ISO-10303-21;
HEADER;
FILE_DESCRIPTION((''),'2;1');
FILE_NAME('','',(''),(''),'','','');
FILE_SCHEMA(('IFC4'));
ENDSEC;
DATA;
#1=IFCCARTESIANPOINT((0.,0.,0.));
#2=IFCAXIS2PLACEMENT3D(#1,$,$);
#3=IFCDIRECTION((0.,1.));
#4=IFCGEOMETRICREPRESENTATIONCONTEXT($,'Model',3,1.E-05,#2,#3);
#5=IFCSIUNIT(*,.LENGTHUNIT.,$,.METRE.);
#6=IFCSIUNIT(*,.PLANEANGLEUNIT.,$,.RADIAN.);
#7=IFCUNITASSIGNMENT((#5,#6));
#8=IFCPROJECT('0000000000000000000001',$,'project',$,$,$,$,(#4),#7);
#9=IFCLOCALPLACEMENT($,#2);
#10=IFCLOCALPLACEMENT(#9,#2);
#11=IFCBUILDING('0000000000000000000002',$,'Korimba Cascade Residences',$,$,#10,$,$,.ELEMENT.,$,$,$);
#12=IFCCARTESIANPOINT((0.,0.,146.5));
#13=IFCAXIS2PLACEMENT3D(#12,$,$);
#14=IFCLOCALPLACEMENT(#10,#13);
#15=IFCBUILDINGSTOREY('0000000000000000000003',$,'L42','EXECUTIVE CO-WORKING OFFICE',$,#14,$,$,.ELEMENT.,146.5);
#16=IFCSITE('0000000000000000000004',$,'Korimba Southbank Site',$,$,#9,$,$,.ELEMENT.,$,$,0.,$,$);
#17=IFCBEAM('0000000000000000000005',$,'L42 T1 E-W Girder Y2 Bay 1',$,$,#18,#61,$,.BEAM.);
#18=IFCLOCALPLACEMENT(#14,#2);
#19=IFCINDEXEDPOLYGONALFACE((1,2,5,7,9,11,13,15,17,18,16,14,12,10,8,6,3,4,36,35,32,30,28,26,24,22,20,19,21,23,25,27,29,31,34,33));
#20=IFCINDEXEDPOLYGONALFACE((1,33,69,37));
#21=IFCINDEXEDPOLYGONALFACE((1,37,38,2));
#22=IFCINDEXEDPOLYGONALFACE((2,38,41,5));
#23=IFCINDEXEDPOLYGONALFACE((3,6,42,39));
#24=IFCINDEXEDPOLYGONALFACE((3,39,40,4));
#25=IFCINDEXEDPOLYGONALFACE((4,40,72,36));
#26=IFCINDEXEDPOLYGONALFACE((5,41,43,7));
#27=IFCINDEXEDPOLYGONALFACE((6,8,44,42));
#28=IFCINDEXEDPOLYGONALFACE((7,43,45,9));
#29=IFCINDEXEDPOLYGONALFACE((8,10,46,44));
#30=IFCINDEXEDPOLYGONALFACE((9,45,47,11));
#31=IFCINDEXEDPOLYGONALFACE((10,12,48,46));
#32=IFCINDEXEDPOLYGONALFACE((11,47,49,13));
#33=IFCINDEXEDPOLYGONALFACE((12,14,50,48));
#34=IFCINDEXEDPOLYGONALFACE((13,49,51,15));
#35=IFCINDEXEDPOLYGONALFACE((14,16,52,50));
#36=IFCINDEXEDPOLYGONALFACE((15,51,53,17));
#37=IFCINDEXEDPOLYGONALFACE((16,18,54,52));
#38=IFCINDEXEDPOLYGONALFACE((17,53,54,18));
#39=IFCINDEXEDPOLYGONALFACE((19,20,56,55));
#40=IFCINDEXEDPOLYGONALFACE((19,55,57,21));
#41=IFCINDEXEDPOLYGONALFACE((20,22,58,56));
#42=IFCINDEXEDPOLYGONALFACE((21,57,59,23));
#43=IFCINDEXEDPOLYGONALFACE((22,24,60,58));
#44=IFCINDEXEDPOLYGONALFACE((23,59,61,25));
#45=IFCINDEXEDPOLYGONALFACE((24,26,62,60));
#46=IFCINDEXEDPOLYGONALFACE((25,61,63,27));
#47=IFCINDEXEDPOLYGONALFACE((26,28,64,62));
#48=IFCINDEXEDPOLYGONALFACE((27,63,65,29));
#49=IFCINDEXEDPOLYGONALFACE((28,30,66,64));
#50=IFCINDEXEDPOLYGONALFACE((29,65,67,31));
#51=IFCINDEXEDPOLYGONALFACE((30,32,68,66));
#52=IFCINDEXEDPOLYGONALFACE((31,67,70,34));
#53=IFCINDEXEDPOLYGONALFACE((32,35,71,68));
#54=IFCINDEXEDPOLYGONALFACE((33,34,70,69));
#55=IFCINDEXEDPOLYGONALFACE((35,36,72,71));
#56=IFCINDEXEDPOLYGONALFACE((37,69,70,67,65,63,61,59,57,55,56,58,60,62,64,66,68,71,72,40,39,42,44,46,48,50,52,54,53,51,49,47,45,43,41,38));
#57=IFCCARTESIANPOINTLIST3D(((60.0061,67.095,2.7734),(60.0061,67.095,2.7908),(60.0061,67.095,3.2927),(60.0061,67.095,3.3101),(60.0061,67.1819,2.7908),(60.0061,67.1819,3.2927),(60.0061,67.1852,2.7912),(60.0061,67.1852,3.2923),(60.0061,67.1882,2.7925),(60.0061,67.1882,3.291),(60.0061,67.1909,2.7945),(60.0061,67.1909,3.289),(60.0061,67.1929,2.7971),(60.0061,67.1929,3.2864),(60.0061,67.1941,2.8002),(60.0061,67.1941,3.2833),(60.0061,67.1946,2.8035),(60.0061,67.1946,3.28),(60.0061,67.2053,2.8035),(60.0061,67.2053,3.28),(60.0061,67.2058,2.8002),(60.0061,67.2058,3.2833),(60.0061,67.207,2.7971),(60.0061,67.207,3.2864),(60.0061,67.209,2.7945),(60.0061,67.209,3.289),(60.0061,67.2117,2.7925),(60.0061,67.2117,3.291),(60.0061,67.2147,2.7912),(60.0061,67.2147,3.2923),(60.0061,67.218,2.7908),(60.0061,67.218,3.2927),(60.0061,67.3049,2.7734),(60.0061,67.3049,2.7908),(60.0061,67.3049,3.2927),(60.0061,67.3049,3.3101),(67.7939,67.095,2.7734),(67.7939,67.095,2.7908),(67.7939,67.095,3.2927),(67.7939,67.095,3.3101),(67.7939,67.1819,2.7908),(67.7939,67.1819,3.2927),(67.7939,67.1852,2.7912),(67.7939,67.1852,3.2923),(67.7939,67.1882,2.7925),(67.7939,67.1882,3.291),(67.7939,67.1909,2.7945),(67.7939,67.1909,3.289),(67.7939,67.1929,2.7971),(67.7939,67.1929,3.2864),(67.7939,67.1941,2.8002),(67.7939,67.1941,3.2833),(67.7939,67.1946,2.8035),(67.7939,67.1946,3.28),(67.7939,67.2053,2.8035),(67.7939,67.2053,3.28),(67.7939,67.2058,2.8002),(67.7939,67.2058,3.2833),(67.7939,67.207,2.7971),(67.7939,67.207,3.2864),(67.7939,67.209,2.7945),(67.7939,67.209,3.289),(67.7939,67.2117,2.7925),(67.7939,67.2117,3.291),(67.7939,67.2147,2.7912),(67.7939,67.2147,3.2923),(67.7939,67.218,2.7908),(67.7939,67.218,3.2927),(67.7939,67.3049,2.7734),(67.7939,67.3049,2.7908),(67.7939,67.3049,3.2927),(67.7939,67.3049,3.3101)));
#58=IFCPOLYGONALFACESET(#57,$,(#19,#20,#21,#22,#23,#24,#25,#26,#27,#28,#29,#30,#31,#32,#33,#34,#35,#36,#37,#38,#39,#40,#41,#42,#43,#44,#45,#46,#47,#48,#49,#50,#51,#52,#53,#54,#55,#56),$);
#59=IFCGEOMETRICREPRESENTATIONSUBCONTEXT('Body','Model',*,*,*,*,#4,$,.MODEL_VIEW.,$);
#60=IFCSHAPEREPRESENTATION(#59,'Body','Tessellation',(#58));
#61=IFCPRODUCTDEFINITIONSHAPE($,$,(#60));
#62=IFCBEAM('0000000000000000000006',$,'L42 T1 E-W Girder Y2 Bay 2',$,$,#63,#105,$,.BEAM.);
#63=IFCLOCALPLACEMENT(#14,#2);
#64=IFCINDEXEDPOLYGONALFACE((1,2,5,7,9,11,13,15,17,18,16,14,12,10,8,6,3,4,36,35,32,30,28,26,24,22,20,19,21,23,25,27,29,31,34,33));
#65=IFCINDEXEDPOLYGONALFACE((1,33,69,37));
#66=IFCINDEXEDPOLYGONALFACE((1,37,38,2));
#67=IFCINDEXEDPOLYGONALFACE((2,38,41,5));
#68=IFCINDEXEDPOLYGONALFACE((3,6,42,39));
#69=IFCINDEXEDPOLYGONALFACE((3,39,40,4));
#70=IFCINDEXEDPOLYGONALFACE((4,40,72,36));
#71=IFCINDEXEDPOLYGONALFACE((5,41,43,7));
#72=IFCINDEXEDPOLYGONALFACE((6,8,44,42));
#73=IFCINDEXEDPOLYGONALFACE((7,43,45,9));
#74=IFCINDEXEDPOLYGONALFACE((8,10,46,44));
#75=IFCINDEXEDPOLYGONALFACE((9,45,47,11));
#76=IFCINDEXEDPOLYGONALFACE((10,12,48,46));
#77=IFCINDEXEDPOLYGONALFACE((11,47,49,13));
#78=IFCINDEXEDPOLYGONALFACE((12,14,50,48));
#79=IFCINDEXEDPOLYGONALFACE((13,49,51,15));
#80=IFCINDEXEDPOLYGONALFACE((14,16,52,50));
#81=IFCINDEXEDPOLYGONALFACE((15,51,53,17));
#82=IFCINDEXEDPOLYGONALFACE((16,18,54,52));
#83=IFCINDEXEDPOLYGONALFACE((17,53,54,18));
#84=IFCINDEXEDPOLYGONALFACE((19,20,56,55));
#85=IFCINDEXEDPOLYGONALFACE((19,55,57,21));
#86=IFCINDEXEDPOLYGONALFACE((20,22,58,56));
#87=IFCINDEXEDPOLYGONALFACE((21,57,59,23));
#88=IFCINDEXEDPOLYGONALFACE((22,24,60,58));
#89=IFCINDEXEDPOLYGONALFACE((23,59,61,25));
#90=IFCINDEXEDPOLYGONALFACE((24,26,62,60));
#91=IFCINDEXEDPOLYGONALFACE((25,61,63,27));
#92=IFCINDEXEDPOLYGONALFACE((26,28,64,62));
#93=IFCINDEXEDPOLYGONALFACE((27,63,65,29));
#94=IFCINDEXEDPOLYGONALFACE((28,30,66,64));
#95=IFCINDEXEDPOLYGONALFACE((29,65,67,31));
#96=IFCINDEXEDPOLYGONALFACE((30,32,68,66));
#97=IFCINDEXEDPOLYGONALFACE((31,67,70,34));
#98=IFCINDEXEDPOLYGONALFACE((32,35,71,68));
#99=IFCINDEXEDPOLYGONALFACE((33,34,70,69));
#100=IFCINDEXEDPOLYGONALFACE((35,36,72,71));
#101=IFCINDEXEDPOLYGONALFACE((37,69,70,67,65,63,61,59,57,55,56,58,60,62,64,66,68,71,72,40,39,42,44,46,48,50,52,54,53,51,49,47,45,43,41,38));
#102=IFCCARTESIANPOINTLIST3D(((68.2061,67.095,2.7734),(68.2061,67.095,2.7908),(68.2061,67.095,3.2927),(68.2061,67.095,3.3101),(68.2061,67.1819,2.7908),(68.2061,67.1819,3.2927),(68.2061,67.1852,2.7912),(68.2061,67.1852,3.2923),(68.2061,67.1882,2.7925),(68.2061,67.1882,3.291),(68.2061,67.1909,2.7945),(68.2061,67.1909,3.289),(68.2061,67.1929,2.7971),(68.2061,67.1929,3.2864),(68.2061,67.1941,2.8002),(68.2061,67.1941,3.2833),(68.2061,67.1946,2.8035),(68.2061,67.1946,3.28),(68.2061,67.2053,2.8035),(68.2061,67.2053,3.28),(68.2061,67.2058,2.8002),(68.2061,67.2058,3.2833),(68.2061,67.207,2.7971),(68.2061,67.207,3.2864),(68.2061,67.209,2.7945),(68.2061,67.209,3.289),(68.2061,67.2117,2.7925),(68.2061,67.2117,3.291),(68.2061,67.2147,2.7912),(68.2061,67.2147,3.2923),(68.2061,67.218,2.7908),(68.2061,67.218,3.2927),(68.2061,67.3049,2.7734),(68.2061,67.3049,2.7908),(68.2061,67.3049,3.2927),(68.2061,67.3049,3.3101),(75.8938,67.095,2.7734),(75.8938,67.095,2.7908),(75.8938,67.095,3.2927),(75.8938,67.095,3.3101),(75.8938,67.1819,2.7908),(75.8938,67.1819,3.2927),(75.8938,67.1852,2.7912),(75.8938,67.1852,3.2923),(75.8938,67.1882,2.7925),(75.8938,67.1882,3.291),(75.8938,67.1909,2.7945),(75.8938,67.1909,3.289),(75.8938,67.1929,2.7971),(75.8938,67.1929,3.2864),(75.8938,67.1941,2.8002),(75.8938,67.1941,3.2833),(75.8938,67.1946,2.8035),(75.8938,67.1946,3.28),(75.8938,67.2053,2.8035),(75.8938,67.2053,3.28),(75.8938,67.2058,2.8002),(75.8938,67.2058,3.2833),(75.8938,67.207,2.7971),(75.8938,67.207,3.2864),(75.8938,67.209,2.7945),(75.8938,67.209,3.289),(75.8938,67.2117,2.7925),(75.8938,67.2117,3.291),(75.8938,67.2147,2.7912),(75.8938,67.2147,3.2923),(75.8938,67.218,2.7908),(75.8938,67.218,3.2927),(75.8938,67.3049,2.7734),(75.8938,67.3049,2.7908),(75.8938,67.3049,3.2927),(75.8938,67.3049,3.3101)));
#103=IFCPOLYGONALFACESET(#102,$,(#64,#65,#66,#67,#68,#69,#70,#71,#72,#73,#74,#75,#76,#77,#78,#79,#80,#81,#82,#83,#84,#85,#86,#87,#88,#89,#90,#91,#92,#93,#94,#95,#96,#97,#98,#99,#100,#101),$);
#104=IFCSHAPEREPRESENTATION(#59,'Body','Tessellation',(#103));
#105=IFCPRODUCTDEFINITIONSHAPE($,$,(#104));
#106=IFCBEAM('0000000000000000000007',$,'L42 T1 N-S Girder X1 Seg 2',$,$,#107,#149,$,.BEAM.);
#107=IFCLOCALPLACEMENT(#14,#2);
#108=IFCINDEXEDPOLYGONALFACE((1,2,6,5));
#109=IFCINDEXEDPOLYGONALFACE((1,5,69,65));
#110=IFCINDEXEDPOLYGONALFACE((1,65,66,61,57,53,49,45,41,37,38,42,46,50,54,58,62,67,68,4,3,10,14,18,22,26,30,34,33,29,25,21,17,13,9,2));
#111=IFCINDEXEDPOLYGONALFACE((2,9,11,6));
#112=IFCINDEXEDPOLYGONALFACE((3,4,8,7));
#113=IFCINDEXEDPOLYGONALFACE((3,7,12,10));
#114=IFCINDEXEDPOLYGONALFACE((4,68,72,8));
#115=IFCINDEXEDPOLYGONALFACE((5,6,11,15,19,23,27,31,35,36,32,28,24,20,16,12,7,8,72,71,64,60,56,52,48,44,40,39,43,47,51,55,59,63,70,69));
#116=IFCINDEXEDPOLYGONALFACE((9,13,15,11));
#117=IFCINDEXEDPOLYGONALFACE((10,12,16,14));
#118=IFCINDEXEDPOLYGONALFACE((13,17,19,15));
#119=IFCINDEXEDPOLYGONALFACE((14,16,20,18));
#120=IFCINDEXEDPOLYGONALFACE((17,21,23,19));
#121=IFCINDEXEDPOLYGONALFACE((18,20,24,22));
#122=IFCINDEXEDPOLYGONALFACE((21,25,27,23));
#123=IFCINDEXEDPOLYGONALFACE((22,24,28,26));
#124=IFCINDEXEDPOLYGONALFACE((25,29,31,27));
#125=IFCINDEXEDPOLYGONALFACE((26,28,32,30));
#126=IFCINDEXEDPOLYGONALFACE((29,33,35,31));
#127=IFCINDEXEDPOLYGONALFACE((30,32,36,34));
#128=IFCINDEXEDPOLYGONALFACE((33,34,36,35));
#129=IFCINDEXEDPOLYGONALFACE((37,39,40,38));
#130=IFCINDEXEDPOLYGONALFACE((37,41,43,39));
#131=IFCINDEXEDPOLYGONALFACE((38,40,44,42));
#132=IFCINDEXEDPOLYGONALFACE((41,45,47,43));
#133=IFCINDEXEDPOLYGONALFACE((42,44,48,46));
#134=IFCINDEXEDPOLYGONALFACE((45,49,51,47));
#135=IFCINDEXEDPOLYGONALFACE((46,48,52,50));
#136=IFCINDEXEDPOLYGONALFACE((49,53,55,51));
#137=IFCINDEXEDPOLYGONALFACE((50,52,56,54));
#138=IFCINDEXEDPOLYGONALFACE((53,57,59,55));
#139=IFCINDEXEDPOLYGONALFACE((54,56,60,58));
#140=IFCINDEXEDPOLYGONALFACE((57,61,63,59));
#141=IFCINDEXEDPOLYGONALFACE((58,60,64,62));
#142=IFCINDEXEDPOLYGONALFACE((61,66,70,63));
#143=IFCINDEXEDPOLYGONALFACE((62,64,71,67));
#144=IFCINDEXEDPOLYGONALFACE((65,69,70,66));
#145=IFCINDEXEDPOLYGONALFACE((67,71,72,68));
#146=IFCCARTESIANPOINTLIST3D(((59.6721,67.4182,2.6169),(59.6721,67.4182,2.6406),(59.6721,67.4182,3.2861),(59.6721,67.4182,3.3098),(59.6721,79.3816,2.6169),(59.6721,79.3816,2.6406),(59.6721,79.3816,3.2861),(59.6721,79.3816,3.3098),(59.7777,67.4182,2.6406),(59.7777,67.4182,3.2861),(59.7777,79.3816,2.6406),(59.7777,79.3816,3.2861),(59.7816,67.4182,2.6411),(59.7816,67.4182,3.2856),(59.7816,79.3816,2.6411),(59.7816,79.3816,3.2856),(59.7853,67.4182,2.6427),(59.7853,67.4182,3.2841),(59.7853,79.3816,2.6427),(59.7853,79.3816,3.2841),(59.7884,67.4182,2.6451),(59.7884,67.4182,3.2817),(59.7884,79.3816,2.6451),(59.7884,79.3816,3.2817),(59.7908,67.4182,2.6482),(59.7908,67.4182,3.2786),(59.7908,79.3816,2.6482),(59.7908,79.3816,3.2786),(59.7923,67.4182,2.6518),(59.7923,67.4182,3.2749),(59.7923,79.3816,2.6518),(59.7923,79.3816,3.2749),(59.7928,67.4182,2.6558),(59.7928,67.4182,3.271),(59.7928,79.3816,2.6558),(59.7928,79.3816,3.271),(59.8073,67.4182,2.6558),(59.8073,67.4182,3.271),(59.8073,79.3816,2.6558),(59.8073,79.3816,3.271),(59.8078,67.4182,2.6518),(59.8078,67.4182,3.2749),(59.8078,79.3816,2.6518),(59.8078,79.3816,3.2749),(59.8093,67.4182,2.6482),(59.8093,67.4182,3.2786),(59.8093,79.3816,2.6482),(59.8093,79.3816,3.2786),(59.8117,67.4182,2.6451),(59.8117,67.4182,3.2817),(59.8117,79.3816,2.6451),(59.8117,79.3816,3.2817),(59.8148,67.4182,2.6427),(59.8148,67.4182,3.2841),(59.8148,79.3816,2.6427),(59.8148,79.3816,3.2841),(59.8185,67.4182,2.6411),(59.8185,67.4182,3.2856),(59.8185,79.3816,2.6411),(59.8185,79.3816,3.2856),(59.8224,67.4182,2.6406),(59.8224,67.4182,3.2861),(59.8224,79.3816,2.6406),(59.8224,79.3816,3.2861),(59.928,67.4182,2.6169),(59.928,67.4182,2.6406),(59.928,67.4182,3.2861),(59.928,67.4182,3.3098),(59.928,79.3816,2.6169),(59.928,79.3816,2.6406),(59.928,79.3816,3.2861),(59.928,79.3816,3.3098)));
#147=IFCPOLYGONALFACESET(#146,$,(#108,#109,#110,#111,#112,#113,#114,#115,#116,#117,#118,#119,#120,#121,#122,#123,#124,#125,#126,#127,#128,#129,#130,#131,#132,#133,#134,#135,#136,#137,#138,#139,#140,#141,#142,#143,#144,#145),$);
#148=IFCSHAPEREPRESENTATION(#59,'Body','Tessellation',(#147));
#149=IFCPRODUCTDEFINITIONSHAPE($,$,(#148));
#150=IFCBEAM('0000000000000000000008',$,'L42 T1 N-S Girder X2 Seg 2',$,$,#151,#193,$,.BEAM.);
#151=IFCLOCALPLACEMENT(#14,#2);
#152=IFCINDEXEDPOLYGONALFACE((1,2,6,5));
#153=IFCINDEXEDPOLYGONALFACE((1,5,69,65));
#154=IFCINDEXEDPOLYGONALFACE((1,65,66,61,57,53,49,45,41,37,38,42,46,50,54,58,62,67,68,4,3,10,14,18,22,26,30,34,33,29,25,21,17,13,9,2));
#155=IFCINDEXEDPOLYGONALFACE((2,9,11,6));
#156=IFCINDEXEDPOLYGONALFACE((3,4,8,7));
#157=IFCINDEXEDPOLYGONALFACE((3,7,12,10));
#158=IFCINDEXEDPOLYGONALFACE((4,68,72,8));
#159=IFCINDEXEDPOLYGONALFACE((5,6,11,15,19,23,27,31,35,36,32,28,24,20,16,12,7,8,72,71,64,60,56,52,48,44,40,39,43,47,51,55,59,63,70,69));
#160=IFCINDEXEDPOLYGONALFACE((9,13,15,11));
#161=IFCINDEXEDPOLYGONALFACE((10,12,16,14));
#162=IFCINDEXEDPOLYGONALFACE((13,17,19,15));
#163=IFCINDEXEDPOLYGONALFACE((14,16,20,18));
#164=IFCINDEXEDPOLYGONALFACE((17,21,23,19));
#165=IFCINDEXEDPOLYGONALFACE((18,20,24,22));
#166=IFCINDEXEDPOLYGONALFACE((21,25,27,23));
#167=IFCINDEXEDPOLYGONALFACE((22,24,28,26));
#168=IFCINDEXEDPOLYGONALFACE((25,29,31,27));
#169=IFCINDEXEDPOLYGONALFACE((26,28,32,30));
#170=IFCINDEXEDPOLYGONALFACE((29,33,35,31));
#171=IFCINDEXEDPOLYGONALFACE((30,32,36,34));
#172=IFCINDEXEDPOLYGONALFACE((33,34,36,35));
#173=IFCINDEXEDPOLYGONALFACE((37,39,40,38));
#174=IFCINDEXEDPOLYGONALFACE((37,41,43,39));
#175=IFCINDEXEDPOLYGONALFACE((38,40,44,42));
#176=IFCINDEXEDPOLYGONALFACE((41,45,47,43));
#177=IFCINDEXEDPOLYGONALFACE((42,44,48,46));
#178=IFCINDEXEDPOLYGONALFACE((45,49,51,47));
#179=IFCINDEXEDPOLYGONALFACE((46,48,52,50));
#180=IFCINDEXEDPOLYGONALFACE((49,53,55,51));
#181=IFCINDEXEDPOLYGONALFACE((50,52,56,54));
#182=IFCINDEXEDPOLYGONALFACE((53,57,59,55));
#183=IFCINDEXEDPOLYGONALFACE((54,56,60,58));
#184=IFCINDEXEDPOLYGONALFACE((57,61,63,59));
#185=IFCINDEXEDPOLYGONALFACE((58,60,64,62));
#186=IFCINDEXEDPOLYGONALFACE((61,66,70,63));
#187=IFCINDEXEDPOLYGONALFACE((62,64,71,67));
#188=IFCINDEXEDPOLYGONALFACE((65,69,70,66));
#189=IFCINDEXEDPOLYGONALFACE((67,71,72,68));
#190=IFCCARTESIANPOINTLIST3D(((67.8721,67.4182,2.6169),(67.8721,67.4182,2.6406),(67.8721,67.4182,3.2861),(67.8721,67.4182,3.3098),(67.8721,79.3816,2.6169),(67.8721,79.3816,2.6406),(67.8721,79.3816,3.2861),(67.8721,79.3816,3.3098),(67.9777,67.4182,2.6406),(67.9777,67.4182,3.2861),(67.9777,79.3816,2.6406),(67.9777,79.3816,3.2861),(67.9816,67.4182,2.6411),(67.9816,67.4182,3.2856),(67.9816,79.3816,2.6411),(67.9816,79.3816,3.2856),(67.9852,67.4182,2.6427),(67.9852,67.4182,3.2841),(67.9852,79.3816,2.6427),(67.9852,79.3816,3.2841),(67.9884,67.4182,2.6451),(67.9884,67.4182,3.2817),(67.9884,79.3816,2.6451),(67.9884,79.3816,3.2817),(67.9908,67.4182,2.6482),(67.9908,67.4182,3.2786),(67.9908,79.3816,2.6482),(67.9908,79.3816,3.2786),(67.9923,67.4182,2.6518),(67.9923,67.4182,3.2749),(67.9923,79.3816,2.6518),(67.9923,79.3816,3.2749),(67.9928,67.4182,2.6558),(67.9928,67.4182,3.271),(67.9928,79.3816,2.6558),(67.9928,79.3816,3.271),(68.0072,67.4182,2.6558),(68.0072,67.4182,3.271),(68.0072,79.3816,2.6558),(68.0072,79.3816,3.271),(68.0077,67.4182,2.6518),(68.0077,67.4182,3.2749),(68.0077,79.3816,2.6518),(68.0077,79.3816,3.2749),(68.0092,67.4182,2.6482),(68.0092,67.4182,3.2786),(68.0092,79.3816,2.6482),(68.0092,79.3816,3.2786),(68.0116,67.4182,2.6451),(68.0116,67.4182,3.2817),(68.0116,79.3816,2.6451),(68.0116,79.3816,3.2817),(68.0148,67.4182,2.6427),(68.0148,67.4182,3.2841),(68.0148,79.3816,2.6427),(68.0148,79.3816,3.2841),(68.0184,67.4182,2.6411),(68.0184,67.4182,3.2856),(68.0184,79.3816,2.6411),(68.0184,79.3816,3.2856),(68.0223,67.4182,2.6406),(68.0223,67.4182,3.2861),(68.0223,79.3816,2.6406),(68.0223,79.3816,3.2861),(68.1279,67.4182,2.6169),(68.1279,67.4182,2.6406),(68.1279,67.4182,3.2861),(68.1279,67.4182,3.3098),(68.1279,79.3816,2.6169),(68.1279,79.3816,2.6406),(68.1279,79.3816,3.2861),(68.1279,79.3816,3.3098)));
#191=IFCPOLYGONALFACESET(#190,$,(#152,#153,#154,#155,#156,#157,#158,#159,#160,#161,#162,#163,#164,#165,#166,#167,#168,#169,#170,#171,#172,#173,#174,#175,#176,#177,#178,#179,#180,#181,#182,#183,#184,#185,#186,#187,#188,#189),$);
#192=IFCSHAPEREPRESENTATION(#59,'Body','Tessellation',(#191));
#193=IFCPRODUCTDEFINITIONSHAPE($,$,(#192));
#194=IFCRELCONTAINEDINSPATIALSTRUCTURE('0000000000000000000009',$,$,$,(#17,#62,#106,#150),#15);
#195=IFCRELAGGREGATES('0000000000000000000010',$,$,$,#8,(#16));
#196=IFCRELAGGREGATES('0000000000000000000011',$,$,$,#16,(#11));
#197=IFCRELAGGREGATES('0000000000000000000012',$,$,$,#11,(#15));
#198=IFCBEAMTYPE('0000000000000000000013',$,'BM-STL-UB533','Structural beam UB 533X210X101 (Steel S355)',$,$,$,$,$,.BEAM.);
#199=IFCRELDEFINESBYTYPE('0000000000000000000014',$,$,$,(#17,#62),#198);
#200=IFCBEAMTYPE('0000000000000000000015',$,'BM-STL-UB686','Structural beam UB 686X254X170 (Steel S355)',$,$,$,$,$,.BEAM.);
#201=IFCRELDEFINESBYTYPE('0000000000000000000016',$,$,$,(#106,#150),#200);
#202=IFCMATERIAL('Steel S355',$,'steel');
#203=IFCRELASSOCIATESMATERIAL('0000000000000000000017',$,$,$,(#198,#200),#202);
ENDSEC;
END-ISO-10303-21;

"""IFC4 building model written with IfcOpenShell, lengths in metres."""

from ifc_helpers import new_model, si_unit, direction, frame, origin, origin_2d, place, context, subcontext, project, spatial, i_section, extrude, material, material_profile, profile_set, type_object, element, save


model = new_model("IFC4")

# Units and contexts
model_context = context("Model", 3, precision=1e-05, world=origin(), true_north=direction((0.0, 1.0)))
body_context = subcontext(model_context, "Body", "Model", "MODEL_VIEW")
ifc_project = project(units=[si_unit("LENGTHUNIT", "METRE"), si_unit("PLANEANGLEUNIT", "RADIAN")], contexts=[model_context])

# Site, building, storey
site_placement = place(None, origin())
site = spatial("IfcSite", under=ifc_project, at=site_placement, Name="Korimba Southbank Site", CompositionType="ELEMENT", RefElevation=0.0)
building_placement = place(site_placement, origin())
building = spatial("IfcBuilding", under=site, at=building_placement, Name="Korimba Cascade Residences", CompositionType="ELEMENT")
storey_placement = place(building_placement, frame((0.0, 0.0, 146.5)))
storey = spatial("IfcBuildingStorey", under=building, at=storey_placement, Name="L42", Description="EXECUTIVE CO-WORKING OFFICE", CompositionType="ELEMENT", Elevation=146.5)

# Beams
ifc_material_1 = material(Name="Steel S355", Category="steel")
ifc_material_profile_1 = material_profile(ifc_material_1, i_section(OverallWidth=0.21, OverallDepth=0.5366, WebThickness=0.0107, FlangeThickness=0.0173, FilletRadius=0.0127, at=origin_2d()), Name="Steel S355")
ifc_profile_set_1 = profile_set([ifc_material_profile_1], Name="Steel S355")
beam_type_1 = type_object("IfcBeamType", Name="BM-STL-UB533", Description="Structural beam UB 533X210X101 (Steel S355)", PredefinedType="BEAM", material=ifc_profile_set_1)
beam_1_placement = place(storey_placement, frame((60.0061, 67.2, 3.0417), z_axis=(1.0, 0.0, 0.0), x_axis=(0.0, 1.0, 0.0)))
element("IfcBeam", 1, at=beam_1_placement, inside=storey, type_object=beam_type_1, Name="L42 T1 E-W Girder Y2 Bay 1", PredefinedType="BEAM", context=body_context, shape_type="SweptSolid", body=[
    extrude(i_section(OverallWidth=0.21, OverallDepth=0.5366, WebThickness=0.0107, FlangeThickness=0.0173, FilletRadius=0.0127, at=origin_2d()), origin(), (0.0, 0.0, 1.0), 7.7878),
])
beam_2_placement = place(storey_placement, frame((68.2061, 67.2, 3.0417), z_axis=(1.0, 0.0, 0.0), x_axis=(0.0, 1.0, 0.0)))
element("IfcBeam", 2, at=beam_2_placement, inside=storey, type_object=beam_type_1, Name="L42 T1 E-W Girder Y2 Bay 2", PredefinedType="BEAM", context=body_context, shape_type="SweptSolid", body=[
    extrude(i_section(OverallWidth=0.21, OverallDepth=0.5366, WebThickness=0.0107, FlangeThickness=0.0173, FilletRadius=0.0127, at=origin_2d()), origin(), (0.0, 0.0, 1.0), 7.6877),
])
ifc_material_profile_2 = material_profile(ifc_material_1, i_section(OverallWidth=0.2559, OverallDepth=0.6929, WebThickness=0.0144, FlangeThickness=0.0237, FilletRadius=0.0151, at=origin_2d()), Name="Steel S355")
ifc_profile_set_2 = profile_set([ifc_material_profile_2], Name="Steel S355")
beam_type_2 = type_object("IfcBeamType", Name="BM-STL-UB686", Description="Structural beam UB 686X254X170 (Steel S355)", PredefinedType="BEAM", material=ifc_profile_set_2)
for number, where, z_axis, x_axis, name in (
    (3, (59.8, 67.4182, 2.9634), (0.0, 1.0, 0.0), (-1.0, 0.0, 0.0), "L42 T1 N-S Girder X1 Seg 2"),
    (4, (68.0, 67.4182, 2.9634), (0.0, 1.0, 0.0), (-1.0, 0.0, 0.0), "L42 T1 N-S Girder X2 Seg 2"),
):
    element("IfcBeam", number, at=place(storey_placement, frame(where, z_axis=z_axis, x_axis=x_axis)), inside=storey, type_object=beam_type_2, Name=name, PredefinedType="BEAM", context=body_context, shape_type="SweptSolid", body=[
        extrude(i_section(OverallWidth=0.2559, OverallDepth=0.6929, WebThickness=0.0144, FlangeThickness=0.0237, FilletRadius=0.0151, at=origin_2d()), origin(), (0.0, 0.0, 1.0), 11.9634),
    ])

save(model, "model.ifc")
